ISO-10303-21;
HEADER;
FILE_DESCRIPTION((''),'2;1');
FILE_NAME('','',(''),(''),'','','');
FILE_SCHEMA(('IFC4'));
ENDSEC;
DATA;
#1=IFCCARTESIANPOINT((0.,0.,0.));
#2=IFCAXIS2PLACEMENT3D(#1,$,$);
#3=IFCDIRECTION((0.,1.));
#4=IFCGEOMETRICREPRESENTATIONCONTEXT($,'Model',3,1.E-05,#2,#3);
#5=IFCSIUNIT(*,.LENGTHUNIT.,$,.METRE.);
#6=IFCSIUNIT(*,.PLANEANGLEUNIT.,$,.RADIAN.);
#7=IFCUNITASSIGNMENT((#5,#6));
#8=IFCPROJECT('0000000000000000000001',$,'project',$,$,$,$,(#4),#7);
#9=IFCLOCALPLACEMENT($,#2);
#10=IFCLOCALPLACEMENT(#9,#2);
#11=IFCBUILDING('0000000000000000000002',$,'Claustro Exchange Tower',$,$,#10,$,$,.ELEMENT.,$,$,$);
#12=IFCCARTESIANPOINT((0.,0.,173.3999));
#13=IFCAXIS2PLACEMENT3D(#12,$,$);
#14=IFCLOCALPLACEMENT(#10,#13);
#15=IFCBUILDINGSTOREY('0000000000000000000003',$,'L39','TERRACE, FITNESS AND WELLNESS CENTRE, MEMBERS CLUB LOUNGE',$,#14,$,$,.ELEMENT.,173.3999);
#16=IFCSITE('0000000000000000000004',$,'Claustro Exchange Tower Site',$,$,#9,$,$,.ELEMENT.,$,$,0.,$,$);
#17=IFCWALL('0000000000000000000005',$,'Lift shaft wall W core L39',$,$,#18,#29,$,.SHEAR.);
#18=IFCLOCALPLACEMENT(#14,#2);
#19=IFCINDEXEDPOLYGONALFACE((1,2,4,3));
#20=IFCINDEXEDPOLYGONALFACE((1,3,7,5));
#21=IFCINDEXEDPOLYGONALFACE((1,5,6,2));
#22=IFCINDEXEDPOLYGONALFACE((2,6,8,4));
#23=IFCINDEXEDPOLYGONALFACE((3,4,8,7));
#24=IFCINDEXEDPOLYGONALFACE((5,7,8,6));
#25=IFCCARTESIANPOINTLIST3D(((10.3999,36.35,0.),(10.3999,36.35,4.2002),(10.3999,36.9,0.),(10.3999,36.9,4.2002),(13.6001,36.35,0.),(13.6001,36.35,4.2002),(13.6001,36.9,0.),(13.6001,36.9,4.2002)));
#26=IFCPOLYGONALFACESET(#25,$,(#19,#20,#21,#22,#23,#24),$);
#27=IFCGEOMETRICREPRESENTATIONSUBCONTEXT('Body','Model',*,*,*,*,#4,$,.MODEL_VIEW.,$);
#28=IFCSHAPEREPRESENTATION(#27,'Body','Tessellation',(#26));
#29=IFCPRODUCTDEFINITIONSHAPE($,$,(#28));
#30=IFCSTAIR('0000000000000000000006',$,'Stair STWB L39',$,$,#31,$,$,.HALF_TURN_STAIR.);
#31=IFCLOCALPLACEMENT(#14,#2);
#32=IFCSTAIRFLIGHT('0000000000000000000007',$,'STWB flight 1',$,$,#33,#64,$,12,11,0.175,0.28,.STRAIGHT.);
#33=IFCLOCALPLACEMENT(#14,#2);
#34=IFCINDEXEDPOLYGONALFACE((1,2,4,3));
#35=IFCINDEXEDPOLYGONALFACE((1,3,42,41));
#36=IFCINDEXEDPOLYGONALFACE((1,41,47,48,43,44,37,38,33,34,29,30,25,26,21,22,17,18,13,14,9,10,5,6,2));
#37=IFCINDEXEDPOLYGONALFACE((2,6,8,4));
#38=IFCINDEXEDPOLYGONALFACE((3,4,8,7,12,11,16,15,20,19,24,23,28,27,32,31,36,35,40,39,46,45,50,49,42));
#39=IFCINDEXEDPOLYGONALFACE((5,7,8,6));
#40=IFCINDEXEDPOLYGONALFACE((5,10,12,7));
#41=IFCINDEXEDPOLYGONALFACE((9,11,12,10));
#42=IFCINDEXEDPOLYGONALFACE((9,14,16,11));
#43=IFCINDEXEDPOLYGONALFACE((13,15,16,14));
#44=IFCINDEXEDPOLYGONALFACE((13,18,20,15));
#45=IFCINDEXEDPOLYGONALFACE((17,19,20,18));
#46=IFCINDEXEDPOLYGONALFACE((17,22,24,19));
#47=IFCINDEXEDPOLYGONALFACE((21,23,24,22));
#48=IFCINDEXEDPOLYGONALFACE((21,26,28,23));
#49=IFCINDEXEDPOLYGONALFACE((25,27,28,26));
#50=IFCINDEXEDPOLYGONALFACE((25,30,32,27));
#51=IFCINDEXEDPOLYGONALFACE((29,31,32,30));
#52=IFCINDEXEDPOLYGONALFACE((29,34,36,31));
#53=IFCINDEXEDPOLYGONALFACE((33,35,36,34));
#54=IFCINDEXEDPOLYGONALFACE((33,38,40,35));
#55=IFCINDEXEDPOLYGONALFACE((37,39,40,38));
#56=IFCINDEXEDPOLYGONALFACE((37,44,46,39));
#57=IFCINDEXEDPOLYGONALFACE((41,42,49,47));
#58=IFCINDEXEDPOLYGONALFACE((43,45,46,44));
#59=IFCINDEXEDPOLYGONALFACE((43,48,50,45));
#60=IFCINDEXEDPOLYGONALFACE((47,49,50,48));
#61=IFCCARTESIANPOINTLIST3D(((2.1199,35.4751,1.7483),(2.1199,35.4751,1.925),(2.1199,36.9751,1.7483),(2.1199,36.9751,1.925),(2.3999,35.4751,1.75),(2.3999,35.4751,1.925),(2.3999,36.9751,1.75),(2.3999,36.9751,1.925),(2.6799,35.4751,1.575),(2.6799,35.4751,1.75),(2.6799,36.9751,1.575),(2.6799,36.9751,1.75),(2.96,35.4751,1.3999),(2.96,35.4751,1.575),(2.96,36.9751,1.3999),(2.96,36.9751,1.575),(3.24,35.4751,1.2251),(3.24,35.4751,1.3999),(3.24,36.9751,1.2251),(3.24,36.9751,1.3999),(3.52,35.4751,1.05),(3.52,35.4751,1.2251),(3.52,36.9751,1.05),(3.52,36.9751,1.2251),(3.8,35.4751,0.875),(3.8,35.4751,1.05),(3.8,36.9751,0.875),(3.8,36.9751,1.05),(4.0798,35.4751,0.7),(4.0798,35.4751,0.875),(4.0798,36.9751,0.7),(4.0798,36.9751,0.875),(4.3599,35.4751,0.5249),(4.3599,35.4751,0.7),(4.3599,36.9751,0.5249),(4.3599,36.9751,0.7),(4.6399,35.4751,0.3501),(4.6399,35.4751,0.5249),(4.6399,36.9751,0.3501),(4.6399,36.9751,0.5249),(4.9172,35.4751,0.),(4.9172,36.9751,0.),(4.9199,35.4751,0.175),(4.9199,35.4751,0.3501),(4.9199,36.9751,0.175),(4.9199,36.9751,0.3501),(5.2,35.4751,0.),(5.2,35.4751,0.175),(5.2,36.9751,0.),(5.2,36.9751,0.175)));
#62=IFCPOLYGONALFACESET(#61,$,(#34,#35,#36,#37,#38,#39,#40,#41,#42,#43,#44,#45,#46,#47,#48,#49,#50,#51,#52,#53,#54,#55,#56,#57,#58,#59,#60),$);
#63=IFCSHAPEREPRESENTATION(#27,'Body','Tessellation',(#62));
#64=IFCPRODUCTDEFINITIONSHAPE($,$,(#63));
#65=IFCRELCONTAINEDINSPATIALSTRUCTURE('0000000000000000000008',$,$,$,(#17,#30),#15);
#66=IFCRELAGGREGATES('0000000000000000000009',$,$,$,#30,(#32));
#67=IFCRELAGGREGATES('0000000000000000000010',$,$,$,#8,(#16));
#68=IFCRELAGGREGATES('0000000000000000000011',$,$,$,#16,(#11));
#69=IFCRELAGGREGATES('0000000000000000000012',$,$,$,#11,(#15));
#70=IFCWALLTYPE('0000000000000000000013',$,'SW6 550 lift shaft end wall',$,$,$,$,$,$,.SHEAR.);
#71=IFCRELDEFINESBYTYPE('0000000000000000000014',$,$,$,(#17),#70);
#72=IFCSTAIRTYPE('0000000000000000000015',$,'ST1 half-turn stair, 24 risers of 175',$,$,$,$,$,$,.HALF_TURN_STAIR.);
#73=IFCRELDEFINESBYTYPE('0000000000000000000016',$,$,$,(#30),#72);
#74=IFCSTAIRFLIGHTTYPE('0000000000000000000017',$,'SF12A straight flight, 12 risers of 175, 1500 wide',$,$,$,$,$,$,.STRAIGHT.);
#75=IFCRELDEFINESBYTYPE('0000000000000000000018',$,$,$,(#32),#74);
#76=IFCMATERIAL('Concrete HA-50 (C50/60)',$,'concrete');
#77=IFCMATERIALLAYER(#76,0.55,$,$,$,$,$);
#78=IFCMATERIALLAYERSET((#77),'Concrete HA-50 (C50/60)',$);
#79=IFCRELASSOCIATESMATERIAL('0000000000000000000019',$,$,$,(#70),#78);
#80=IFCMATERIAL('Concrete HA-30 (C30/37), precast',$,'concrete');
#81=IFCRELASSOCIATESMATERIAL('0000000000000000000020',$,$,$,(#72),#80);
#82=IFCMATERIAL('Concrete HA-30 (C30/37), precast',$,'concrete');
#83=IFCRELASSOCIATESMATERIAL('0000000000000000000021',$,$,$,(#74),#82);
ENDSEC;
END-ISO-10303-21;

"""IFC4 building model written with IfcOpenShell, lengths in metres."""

from ifc_helpers import new_model, si_unit, direction, frame, frame_2d, origin, place, context, subcontext, project, spatial, polyline, rectangle, outline, extrude, material, layer, layer_set, type_object, element, aggregate, save


model = new_model("IFC4")

# Units and contexts
model_context = context("Model", 3, precision=1e-05, world=origin(), true_north=direction((0.0, 1.0)))
body_context = subcontext(model_context, "Body", "Model", "MODEL_VIEW")
ifc_project = project(units=[si_unit("LENGTHUNIT", "METRE"), si_unit("PLANEANGLEUNIT", "RADIAN")], contexts=[model_context])

# Site, building, storey
site_placement = place(None, origin())
site = spatial("IfcSite", under=ifc_project, at=site_placement, Name="Claustro Exchange Tower Site", CompositionType="ELEMENT", RefElevation=0.0)
building_placement = place(site_placement, origin())
building = spatial("IfcBuilding", under=site, at=building_placement, Name="Claustro Exchange Tower", CompositionType="ELEMENT")
storey_placement = place(building_placement, frame((0.0, 0.0, 173.3999)))
storey = spatial("IfcBuildingStorey", under=building, at=storey_placement, Name="L39", Description="TERRACE, FITNESS AND WELLNESS CENTRE, MEMBERS CLUB LOUNGE", CompositionType="ELEMENT", Elevation=173.3999)

# Wall
ifc_material_1 = material(Name="Concrete HA-50 (C50/60)", Category="concrete")
ifc_layer_1 = layer(ifc_material_1, 0.55)
ifc_layer_set_1 = layer_set([ifc_layer_1], Name="Concrete HA-50 (C50/60)")
wall_type_1 = type_object("IfcWallType", Name="SW6 550 lift shaft end wall", PredefinedType="SHEAR", material=ifc_layer_set_1)
wall_1_placement = place(storey_placement, frame((10.3999, 36.625, 0.0), z_axis=(0.0, 0.0, 1.0), x_axis=(1.0, 0.0, 0.0)))
element("IfcWall", 1, at=wall_1_placement, inside=storey, type_object=wall_type_1, Name="Lift shaft wall W core L39", PredefinedType="SHEAR", context=body_context, shape_type="SweptSolid", body=[
    extrude(rectangle(XDim=3.2002, YDim=0.55, at=frame_2d((1.6001, 0.0))), origin(), (0.0, 0.0, 1.0), 4.2002),
])

# Stair, stair flight
ifc_material_2 = material(Name="Concrete HA-30 (C30/37), precast", Category="concrete")
stair_type = type_object("IfcStairType", Name="ST1 half-turn stair, 24 risers of 175", PredefinedType="HALF_TURN_STAIR", material=ifc_material_2)
stair_placement = place(storey_placement, origin())
stair = element("IfcStair", 2, at=stair_placement, inside=storey, type_object=stair_type, Name="Stair STWB L39", PredefinedType="HALF_TURN_STAIR")
ifc_material_3 = material(Name="Concrete HA-30 (C30/37), precast", Category="concrete")
stair_flight_type = type_object("IfcStairFlightType", Name="SF12A straight flight, 12 risers of 175, 1500 wide", PredefinedType="STRAIGHT", material=ifc_material_3)
stair_flight_placement = place(storey_placement, frame((5.2, 36.2251, 0.0), z_axis=(0.0, 0.0, 1.0), x_axis=(-1.0, 0.0, 0.0)))
stair_flight = element("IfcStairFlight", 3, at=stair_flight_placement, type_object=stair_flight_type, Name="STWB flight 1", NumberOfRisers=12, NumberOfTreads=11, PredefinedType="STRAIGHT", RiserHeight=0.175, TreadLength=0.28, context=body_context, shape_type="SweptSolid", body=[
    extrude(outline(polyline([(0.0, 0.0), (0.0, 0.175), (0.28, 0.175), (0.28, 0.3501), (0.5601, 0.3501), (0.5601, 0.5249), (0.8401, 0.5249), (0.8401, 0.7), (1.1201, 0.7), (1.1201, 0.875), (1.3999, 0.875), (1.3999, 1.05), (1.6799, 1.05), (1.6799, 1.2251), (1.96, 1.2251), (1.96, 1.3999), (2.24, 1.3999), (2.24, 1.575), (2.52, 1.575), (2.52, 1.75), (2.8, 1.75), (2.8, 1.925), (3.0801, 1.925), (3.0801, 2.1001), (3.0801, 1.7483), (0.2827, 0.0), (0.0, 0.0)])), frame((0.0, 0.75, 0.0), z_axis=(0.0, -1.0, 0.0), x_axis=(1.0, 0.0, 0.0)), (0.0, 0.0, 1.0), 1.5),
])
aggregate(stair, [stair_flight])

save(model, "model.ifc")
